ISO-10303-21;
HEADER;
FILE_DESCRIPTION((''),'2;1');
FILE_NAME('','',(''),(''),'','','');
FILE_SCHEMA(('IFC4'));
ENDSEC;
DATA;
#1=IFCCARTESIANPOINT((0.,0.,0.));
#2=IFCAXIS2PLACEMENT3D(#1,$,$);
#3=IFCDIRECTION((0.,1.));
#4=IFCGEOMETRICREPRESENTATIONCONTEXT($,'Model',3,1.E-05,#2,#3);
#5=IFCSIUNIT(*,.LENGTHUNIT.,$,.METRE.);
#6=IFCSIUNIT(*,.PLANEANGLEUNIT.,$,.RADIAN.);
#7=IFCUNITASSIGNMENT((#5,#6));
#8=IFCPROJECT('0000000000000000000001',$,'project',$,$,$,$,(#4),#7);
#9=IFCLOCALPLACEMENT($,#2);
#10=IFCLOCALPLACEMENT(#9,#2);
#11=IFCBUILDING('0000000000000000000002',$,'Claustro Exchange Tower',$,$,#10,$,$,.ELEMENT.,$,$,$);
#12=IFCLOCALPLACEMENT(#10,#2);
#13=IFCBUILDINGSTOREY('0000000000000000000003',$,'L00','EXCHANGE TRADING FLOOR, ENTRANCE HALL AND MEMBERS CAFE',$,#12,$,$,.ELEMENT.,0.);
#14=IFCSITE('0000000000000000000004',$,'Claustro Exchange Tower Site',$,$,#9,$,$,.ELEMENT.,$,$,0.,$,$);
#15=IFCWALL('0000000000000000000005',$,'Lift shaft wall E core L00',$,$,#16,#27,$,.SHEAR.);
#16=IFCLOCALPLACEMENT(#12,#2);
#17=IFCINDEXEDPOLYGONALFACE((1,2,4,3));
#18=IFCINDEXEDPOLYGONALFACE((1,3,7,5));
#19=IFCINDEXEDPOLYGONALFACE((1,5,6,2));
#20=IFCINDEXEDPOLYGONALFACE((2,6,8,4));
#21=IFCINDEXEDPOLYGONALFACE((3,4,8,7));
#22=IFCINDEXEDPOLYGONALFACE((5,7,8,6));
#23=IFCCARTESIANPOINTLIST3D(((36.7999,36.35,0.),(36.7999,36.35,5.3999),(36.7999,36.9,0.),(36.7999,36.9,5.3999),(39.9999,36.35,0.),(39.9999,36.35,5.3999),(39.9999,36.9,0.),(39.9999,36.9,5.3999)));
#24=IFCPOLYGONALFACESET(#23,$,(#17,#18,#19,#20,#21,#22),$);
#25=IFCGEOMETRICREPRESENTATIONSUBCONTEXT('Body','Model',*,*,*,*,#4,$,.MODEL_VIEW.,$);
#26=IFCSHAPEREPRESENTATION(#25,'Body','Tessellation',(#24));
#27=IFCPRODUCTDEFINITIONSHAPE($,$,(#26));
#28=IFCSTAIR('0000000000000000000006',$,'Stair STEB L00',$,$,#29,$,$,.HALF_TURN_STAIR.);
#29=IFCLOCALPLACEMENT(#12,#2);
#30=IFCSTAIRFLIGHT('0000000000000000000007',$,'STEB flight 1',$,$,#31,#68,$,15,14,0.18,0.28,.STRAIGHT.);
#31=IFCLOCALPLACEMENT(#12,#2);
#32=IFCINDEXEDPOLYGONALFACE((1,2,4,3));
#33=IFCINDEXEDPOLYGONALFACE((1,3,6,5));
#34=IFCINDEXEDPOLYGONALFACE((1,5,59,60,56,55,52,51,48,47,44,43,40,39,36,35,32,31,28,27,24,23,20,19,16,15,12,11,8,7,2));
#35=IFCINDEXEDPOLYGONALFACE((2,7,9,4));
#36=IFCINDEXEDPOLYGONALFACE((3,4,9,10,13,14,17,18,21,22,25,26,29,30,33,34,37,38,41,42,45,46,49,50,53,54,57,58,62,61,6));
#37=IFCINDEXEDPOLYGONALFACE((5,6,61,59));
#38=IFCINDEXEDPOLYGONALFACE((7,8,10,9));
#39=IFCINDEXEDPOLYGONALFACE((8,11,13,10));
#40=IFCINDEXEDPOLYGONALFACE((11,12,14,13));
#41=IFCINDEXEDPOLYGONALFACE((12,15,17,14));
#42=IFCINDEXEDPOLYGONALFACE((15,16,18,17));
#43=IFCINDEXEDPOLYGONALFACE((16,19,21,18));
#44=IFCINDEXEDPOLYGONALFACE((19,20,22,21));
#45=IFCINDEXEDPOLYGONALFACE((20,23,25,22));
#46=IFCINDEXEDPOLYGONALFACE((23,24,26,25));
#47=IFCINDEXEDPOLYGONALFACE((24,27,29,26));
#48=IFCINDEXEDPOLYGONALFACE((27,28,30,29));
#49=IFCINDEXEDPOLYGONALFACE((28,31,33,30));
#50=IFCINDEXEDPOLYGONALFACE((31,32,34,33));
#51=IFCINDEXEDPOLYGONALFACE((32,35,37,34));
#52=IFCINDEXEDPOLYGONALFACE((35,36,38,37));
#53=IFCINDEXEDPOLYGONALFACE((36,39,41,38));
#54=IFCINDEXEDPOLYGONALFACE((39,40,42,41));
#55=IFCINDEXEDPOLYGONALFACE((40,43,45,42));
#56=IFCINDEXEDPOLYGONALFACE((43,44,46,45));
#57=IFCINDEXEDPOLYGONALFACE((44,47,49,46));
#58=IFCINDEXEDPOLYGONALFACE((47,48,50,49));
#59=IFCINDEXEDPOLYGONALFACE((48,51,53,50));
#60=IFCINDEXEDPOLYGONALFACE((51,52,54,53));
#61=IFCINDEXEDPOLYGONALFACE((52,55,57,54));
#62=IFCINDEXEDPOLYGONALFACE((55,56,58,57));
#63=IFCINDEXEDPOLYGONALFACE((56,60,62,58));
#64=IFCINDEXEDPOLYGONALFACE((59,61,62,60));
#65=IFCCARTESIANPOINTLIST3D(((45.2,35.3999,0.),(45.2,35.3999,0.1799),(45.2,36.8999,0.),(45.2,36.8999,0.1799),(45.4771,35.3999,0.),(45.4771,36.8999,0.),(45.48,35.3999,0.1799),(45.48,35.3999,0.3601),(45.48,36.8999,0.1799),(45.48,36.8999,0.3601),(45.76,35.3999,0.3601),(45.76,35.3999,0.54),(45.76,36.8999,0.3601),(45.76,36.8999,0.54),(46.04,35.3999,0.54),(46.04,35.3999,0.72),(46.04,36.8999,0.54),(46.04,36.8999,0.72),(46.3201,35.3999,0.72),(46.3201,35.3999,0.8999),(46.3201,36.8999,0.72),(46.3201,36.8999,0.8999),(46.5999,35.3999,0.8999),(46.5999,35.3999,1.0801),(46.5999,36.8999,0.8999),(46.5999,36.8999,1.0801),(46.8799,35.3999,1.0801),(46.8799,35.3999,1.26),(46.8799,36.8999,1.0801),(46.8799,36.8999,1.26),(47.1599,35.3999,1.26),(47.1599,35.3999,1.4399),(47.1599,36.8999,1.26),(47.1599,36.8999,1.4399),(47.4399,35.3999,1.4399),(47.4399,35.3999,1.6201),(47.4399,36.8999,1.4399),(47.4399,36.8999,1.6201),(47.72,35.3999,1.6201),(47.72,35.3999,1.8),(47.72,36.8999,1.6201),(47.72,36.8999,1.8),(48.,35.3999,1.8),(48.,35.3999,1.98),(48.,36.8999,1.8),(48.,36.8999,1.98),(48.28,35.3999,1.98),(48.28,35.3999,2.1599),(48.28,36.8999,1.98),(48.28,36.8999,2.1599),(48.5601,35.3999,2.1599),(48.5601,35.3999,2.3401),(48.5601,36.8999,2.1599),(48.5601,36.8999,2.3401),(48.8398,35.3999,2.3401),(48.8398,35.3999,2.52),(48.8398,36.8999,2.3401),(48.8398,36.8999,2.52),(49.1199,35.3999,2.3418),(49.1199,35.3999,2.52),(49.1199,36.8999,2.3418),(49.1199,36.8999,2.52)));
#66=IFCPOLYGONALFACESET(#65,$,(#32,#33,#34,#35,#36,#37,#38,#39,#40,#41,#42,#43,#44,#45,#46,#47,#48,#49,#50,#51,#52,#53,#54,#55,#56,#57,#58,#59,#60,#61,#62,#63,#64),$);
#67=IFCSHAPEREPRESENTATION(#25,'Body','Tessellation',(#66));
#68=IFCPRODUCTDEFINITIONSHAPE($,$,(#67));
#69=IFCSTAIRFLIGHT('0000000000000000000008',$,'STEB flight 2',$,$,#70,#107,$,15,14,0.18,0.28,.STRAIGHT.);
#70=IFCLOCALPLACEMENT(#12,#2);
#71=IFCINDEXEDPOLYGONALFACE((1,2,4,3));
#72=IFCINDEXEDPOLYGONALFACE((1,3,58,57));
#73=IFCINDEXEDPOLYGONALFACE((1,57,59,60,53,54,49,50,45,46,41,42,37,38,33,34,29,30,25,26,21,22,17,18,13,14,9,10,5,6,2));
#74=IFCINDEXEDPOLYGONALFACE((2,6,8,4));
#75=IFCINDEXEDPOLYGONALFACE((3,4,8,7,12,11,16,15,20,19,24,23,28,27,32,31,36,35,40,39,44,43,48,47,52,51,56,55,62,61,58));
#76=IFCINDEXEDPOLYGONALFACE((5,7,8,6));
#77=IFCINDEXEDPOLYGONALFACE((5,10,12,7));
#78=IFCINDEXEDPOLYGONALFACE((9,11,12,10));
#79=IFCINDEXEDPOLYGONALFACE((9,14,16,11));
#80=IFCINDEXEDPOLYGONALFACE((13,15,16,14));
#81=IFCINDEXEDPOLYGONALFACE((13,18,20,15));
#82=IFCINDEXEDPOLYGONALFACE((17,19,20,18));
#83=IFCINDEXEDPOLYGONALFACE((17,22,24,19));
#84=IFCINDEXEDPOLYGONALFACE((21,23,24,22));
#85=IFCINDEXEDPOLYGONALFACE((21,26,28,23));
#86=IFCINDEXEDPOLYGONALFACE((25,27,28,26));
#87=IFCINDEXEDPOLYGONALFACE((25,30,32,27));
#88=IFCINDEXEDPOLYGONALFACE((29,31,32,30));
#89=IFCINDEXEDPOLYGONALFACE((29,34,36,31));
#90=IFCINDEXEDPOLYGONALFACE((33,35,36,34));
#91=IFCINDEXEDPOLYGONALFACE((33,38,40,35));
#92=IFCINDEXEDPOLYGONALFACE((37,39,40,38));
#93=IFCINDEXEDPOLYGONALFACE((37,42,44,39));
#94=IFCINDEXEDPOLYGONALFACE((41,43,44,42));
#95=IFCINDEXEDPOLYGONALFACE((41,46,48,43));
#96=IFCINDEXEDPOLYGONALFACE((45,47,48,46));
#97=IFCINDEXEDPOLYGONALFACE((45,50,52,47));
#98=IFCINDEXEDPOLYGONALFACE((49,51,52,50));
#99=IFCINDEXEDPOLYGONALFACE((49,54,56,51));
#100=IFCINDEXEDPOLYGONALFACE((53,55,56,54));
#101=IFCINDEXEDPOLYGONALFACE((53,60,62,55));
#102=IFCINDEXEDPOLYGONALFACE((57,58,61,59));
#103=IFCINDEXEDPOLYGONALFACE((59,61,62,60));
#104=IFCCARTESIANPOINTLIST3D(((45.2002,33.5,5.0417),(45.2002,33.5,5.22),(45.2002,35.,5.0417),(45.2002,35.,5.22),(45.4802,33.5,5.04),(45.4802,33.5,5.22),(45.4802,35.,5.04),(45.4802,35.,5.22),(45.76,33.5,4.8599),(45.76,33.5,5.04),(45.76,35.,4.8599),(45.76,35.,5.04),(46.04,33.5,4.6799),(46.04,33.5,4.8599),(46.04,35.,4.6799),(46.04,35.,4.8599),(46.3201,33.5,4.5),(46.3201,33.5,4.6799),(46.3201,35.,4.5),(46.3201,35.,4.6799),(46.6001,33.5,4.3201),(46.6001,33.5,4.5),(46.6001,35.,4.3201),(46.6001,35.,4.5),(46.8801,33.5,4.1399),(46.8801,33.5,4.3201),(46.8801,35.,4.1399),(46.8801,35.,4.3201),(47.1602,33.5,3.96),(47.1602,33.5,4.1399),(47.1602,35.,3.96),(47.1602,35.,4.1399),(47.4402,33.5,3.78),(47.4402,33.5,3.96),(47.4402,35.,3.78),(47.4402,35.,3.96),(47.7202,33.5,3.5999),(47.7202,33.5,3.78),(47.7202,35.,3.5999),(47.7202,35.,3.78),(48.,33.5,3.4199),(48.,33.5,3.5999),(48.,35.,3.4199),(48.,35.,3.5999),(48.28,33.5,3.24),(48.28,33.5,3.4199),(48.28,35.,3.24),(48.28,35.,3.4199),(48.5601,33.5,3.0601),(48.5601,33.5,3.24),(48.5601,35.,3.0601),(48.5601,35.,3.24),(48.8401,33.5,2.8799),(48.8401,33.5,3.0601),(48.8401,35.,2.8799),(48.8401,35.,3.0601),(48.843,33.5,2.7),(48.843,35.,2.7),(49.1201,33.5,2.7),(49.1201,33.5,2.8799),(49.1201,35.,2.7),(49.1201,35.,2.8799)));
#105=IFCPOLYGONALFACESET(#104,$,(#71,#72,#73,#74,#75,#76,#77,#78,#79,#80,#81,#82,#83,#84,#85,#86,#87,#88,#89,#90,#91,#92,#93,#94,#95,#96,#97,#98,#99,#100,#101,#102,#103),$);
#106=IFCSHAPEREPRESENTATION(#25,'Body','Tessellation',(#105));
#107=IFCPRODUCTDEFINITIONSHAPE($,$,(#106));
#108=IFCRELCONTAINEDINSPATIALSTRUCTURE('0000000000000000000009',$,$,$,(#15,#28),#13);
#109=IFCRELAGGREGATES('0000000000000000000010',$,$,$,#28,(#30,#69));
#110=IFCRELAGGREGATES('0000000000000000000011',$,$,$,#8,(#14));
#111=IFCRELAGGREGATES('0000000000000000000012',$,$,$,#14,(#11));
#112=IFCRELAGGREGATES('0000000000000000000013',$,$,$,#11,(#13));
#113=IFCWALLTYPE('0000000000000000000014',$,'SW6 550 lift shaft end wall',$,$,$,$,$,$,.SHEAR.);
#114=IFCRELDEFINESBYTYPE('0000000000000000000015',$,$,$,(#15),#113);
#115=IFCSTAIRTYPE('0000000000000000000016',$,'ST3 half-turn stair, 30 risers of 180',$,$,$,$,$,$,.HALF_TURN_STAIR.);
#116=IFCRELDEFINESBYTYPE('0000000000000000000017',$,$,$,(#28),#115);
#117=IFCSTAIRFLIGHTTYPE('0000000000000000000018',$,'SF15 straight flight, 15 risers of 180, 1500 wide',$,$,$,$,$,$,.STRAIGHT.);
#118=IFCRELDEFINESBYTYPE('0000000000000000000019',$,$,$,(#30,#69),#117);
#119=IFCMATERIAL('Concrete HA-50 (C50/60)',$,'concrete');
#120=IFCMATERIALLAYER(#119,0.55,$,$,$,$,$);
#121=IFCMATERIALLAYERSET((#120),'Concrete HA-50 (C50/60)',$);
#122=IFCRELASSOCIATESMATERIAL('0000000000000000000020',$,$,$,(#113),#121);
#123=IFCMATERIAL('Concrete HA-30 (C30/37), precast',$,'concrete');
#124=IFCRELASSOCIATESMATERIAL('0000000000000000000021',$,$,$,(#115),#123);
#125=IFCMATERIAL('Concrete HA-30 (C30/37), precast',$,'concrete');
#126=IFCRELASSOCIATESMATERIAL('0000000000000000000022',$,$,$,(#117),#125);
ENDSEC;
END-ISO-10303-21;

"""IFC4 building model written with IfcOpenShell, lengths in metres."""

from ifc_helpers import new_model, si_unit, direction, frame, frame_2d, origin, place, context, subcontext, project, spatial, polyline, rectangle, outline, extrude, material, layer, layer_set, type_object, element, aggregate, save


model = new_model("IFC4")

# Units and contexts
model_context = context("Model", 3, precision=1e-05, world=origin(), true_north=direction((0.0, 1.0)))
body_context = subcontext(model_context, "Body", "Model", "MODEL_VIEW")
ifc_project = project(units=[si_unit("LENGTHUNIT", "METRE"), si_unit("PLANEANGLEUNIT", "RADIAN")], contexts=[model_context])

# Site, building, storey
site_placement = place(None, origin())
site = spatial("IfcSite", under=ifc_project, at=site_placement, Name="Claustro Exchange Tower Site", CompositionType="ELEMENT", RefElevation=0.0)
building_placement = place(site_placement, origin())
building = spatial("IfcBuilding", under=site, at=building_placement, Name="Claustro Exchange Tower", CompositionType="ELEMENT")
storey_placement = place(building_placement, origin())
storey = spatial("IfcBuildingStorey", under=building, at=storey_placement, Name="L00", Description="EXCHANGE TRADING FLOOR, ENTRANCE HALL AND MEMBERS CAFE", CompositionType="ELEMENT", Elevation=0.0)

# Wall
ifc_material_1 = material(Name="Concrete HA-50 (C50/60)", Category="concrete")
ifc_layer_1 = layer(ifc_material_1, 0.55)
ifc_layer_set_1 = layer_set([ifc_layer_1], Name="Concrete HA-50 (C50/60)")
wall_type_1 = type_object("IfcWallType", Name="SW6 550 lift shaft end wall", PredefinedType="SHEAR", material=ifc_layer_set_1)
wall_1_placement = place(storey_placement, frame((40.0, 36.625, 0.0), z_axis=(0.0, 0.0, 1.0), x_axis=(-1.0, 0.0, 0.0)))
element("IfcWall", 1, at=wall_1_placement, inside=storey, type_object=wall_type_1, Name="Lift shaft wall E core L00", PredefinedType="SHEAR", context=body_context, shape_type="SweptSolid", body=[
    extrude(rectangle(XDim=3.2, YDim=0.55, at=frame_2d((1.6001, 0.0))), origin(), (0.0, 0.0, 1.0), 5.3999),
])

# Stair, stair flights
ifc_material_2 = material(Name="Concrete HA-30 (C30/37), precast", Category="concrete")
stair_type = type_object("IfcStairType", Name="ST3 half-turn stair, 30 risers of 180", PredefinedType="HALF_TURN_STAIR", material=ifc_material_2)
stair_placement = place(storey_placement, origin())
stair = element("IfcStair", 2, at=stair_placement, inside=storey, type_object=stair_type, Name="Stair STEB L00", PredefinedType="HALF_TURN_STAIR")
ifc_material_3 = material(Name="Concrete HA-30 (C30/37), precast", Category="concrete")
stair_flight_type = type_object("IfcStairFlightType", Name="SF15 straight flight, 15 risers of 180, 1500 wide", PredefinedType="STRAIGHT", material=ifc_material_3)
stair_flight_1_placement = place(storey_placement, frame((45.2, 36.1499, 0.0), z_axis=(0.0, 0.0, 1.0), x_axis=(1.0, 0.0, 0.0)))
stair_flight_1 = element("IfcStairFlight", 3, at=stair_flight_1_placement, type_object=stair_flight_type, Name="STEB flight 1", NumberOfRisers=15, NumberOfTreads=14, PredefinedType="STRAIGHT", RiserHeight=0.18, TreadLength=0.28, context=body_context, shape_type="SweptSolid", body=[
    extrude(outline(polyline([(0.0, 0.0), (0.0, 0.1799), (0.28, 0.1799), (0.28, 0.3601), (0.5601, 0.3601), (0.5601, 0.54), (0.8401, 0.54), (0.8401, 0.72), (1.1201, 0.72), (1.1201, 0.8999), (1.3999, 0.8999), (1.3999, 1.0801), (1.6799, 1.0801), (1.6799, 1.26), (1.96, 1.26), (1.96, 1.4399), (2.24, 1.4399), (2.24, 1.6201), (2.52, 1.6201), (2.52, 1.8), (2.8, 1.8), (2.8, 1.98), (3.0801, 1.98), (3.0801, 2.1599), (3.3601, 2.1599), (3.3601, 2.3401), (3.6399, 2.3401), (3.6399, 2.52), (3.9199, 2.52), (3.9199, 2.7), (3.9199, 2.3418), (0.2771, 0.0), (0.0, 0.0)])), frame((0.0, 0.75, 0.0), z_axis=(0.0, -1.0, 0.0), x_axis=(1.0, 0.0, 0.0)), (0.0, 0.0, 1.0), 1.5),
])
stair_flight_2_placement = place(storey_placement, frame((49.1201, 34.25, 2.7), z_axis=(0.0, 0.0, 1.0), x_axis=(-1.0, 0.0, 0.0)))
stair_flight_2 = element("IfcStairFlight", 4, at=stair_flight_2_placement, type_object=stair_flight_type, Name="STEB flight 2", NumberOfRisers=15, NumberOfTreads=14, PredefinedType="STRAIGHT", RiserHeight=0.18, TreadLength=0.28, context=body_context, shape_type="SweptSolid", body=[
    extrude(outline(polyline([(0.0, 0.0), (0.0, 0.1799), (0.28, 0.1799), (0.28, 0.3601), (0.5601, 0.3601), (0.5601, 0.54), (0.8401, 0.54), (0.8401, 0.72), (1.1201, 0.72), (1.1201, 0.8999), (1.3999, 0.8999), (1.3999, 1.0801), (1.6799, 1.0801), (1.6799, 1.26), (1.96, 1.26), (1.96, 1.4399), (2.24, 1.4399), (2.24, 1.6201), (2.52, 1.6201), (2.52, 1.8), (2.8, 1.8), (2.8, 1.98), (3.0801, 1.98), (3.0801, 2.1599), (3.3601, 2.1599), (3.3601, 2.3401), (3.6399, 2.3401), (3.6399, 2.52), (3.9199, 2.52), (3.9199, 2.7), (3.9199, 2.3418), (0.2771, 0.0), (0.0, 0.0)])), frame((0.0, 0.75, 0.0), z_axis=(0.0, -1.0, 0.0), x_axis=(1.0, 0.0, 0.0)), (0.0, 0.0, 1.0), 1.5),
])
aggregate(stair, [stair_flight_1, stair_flight_2])

save(model, "model.ifc")
